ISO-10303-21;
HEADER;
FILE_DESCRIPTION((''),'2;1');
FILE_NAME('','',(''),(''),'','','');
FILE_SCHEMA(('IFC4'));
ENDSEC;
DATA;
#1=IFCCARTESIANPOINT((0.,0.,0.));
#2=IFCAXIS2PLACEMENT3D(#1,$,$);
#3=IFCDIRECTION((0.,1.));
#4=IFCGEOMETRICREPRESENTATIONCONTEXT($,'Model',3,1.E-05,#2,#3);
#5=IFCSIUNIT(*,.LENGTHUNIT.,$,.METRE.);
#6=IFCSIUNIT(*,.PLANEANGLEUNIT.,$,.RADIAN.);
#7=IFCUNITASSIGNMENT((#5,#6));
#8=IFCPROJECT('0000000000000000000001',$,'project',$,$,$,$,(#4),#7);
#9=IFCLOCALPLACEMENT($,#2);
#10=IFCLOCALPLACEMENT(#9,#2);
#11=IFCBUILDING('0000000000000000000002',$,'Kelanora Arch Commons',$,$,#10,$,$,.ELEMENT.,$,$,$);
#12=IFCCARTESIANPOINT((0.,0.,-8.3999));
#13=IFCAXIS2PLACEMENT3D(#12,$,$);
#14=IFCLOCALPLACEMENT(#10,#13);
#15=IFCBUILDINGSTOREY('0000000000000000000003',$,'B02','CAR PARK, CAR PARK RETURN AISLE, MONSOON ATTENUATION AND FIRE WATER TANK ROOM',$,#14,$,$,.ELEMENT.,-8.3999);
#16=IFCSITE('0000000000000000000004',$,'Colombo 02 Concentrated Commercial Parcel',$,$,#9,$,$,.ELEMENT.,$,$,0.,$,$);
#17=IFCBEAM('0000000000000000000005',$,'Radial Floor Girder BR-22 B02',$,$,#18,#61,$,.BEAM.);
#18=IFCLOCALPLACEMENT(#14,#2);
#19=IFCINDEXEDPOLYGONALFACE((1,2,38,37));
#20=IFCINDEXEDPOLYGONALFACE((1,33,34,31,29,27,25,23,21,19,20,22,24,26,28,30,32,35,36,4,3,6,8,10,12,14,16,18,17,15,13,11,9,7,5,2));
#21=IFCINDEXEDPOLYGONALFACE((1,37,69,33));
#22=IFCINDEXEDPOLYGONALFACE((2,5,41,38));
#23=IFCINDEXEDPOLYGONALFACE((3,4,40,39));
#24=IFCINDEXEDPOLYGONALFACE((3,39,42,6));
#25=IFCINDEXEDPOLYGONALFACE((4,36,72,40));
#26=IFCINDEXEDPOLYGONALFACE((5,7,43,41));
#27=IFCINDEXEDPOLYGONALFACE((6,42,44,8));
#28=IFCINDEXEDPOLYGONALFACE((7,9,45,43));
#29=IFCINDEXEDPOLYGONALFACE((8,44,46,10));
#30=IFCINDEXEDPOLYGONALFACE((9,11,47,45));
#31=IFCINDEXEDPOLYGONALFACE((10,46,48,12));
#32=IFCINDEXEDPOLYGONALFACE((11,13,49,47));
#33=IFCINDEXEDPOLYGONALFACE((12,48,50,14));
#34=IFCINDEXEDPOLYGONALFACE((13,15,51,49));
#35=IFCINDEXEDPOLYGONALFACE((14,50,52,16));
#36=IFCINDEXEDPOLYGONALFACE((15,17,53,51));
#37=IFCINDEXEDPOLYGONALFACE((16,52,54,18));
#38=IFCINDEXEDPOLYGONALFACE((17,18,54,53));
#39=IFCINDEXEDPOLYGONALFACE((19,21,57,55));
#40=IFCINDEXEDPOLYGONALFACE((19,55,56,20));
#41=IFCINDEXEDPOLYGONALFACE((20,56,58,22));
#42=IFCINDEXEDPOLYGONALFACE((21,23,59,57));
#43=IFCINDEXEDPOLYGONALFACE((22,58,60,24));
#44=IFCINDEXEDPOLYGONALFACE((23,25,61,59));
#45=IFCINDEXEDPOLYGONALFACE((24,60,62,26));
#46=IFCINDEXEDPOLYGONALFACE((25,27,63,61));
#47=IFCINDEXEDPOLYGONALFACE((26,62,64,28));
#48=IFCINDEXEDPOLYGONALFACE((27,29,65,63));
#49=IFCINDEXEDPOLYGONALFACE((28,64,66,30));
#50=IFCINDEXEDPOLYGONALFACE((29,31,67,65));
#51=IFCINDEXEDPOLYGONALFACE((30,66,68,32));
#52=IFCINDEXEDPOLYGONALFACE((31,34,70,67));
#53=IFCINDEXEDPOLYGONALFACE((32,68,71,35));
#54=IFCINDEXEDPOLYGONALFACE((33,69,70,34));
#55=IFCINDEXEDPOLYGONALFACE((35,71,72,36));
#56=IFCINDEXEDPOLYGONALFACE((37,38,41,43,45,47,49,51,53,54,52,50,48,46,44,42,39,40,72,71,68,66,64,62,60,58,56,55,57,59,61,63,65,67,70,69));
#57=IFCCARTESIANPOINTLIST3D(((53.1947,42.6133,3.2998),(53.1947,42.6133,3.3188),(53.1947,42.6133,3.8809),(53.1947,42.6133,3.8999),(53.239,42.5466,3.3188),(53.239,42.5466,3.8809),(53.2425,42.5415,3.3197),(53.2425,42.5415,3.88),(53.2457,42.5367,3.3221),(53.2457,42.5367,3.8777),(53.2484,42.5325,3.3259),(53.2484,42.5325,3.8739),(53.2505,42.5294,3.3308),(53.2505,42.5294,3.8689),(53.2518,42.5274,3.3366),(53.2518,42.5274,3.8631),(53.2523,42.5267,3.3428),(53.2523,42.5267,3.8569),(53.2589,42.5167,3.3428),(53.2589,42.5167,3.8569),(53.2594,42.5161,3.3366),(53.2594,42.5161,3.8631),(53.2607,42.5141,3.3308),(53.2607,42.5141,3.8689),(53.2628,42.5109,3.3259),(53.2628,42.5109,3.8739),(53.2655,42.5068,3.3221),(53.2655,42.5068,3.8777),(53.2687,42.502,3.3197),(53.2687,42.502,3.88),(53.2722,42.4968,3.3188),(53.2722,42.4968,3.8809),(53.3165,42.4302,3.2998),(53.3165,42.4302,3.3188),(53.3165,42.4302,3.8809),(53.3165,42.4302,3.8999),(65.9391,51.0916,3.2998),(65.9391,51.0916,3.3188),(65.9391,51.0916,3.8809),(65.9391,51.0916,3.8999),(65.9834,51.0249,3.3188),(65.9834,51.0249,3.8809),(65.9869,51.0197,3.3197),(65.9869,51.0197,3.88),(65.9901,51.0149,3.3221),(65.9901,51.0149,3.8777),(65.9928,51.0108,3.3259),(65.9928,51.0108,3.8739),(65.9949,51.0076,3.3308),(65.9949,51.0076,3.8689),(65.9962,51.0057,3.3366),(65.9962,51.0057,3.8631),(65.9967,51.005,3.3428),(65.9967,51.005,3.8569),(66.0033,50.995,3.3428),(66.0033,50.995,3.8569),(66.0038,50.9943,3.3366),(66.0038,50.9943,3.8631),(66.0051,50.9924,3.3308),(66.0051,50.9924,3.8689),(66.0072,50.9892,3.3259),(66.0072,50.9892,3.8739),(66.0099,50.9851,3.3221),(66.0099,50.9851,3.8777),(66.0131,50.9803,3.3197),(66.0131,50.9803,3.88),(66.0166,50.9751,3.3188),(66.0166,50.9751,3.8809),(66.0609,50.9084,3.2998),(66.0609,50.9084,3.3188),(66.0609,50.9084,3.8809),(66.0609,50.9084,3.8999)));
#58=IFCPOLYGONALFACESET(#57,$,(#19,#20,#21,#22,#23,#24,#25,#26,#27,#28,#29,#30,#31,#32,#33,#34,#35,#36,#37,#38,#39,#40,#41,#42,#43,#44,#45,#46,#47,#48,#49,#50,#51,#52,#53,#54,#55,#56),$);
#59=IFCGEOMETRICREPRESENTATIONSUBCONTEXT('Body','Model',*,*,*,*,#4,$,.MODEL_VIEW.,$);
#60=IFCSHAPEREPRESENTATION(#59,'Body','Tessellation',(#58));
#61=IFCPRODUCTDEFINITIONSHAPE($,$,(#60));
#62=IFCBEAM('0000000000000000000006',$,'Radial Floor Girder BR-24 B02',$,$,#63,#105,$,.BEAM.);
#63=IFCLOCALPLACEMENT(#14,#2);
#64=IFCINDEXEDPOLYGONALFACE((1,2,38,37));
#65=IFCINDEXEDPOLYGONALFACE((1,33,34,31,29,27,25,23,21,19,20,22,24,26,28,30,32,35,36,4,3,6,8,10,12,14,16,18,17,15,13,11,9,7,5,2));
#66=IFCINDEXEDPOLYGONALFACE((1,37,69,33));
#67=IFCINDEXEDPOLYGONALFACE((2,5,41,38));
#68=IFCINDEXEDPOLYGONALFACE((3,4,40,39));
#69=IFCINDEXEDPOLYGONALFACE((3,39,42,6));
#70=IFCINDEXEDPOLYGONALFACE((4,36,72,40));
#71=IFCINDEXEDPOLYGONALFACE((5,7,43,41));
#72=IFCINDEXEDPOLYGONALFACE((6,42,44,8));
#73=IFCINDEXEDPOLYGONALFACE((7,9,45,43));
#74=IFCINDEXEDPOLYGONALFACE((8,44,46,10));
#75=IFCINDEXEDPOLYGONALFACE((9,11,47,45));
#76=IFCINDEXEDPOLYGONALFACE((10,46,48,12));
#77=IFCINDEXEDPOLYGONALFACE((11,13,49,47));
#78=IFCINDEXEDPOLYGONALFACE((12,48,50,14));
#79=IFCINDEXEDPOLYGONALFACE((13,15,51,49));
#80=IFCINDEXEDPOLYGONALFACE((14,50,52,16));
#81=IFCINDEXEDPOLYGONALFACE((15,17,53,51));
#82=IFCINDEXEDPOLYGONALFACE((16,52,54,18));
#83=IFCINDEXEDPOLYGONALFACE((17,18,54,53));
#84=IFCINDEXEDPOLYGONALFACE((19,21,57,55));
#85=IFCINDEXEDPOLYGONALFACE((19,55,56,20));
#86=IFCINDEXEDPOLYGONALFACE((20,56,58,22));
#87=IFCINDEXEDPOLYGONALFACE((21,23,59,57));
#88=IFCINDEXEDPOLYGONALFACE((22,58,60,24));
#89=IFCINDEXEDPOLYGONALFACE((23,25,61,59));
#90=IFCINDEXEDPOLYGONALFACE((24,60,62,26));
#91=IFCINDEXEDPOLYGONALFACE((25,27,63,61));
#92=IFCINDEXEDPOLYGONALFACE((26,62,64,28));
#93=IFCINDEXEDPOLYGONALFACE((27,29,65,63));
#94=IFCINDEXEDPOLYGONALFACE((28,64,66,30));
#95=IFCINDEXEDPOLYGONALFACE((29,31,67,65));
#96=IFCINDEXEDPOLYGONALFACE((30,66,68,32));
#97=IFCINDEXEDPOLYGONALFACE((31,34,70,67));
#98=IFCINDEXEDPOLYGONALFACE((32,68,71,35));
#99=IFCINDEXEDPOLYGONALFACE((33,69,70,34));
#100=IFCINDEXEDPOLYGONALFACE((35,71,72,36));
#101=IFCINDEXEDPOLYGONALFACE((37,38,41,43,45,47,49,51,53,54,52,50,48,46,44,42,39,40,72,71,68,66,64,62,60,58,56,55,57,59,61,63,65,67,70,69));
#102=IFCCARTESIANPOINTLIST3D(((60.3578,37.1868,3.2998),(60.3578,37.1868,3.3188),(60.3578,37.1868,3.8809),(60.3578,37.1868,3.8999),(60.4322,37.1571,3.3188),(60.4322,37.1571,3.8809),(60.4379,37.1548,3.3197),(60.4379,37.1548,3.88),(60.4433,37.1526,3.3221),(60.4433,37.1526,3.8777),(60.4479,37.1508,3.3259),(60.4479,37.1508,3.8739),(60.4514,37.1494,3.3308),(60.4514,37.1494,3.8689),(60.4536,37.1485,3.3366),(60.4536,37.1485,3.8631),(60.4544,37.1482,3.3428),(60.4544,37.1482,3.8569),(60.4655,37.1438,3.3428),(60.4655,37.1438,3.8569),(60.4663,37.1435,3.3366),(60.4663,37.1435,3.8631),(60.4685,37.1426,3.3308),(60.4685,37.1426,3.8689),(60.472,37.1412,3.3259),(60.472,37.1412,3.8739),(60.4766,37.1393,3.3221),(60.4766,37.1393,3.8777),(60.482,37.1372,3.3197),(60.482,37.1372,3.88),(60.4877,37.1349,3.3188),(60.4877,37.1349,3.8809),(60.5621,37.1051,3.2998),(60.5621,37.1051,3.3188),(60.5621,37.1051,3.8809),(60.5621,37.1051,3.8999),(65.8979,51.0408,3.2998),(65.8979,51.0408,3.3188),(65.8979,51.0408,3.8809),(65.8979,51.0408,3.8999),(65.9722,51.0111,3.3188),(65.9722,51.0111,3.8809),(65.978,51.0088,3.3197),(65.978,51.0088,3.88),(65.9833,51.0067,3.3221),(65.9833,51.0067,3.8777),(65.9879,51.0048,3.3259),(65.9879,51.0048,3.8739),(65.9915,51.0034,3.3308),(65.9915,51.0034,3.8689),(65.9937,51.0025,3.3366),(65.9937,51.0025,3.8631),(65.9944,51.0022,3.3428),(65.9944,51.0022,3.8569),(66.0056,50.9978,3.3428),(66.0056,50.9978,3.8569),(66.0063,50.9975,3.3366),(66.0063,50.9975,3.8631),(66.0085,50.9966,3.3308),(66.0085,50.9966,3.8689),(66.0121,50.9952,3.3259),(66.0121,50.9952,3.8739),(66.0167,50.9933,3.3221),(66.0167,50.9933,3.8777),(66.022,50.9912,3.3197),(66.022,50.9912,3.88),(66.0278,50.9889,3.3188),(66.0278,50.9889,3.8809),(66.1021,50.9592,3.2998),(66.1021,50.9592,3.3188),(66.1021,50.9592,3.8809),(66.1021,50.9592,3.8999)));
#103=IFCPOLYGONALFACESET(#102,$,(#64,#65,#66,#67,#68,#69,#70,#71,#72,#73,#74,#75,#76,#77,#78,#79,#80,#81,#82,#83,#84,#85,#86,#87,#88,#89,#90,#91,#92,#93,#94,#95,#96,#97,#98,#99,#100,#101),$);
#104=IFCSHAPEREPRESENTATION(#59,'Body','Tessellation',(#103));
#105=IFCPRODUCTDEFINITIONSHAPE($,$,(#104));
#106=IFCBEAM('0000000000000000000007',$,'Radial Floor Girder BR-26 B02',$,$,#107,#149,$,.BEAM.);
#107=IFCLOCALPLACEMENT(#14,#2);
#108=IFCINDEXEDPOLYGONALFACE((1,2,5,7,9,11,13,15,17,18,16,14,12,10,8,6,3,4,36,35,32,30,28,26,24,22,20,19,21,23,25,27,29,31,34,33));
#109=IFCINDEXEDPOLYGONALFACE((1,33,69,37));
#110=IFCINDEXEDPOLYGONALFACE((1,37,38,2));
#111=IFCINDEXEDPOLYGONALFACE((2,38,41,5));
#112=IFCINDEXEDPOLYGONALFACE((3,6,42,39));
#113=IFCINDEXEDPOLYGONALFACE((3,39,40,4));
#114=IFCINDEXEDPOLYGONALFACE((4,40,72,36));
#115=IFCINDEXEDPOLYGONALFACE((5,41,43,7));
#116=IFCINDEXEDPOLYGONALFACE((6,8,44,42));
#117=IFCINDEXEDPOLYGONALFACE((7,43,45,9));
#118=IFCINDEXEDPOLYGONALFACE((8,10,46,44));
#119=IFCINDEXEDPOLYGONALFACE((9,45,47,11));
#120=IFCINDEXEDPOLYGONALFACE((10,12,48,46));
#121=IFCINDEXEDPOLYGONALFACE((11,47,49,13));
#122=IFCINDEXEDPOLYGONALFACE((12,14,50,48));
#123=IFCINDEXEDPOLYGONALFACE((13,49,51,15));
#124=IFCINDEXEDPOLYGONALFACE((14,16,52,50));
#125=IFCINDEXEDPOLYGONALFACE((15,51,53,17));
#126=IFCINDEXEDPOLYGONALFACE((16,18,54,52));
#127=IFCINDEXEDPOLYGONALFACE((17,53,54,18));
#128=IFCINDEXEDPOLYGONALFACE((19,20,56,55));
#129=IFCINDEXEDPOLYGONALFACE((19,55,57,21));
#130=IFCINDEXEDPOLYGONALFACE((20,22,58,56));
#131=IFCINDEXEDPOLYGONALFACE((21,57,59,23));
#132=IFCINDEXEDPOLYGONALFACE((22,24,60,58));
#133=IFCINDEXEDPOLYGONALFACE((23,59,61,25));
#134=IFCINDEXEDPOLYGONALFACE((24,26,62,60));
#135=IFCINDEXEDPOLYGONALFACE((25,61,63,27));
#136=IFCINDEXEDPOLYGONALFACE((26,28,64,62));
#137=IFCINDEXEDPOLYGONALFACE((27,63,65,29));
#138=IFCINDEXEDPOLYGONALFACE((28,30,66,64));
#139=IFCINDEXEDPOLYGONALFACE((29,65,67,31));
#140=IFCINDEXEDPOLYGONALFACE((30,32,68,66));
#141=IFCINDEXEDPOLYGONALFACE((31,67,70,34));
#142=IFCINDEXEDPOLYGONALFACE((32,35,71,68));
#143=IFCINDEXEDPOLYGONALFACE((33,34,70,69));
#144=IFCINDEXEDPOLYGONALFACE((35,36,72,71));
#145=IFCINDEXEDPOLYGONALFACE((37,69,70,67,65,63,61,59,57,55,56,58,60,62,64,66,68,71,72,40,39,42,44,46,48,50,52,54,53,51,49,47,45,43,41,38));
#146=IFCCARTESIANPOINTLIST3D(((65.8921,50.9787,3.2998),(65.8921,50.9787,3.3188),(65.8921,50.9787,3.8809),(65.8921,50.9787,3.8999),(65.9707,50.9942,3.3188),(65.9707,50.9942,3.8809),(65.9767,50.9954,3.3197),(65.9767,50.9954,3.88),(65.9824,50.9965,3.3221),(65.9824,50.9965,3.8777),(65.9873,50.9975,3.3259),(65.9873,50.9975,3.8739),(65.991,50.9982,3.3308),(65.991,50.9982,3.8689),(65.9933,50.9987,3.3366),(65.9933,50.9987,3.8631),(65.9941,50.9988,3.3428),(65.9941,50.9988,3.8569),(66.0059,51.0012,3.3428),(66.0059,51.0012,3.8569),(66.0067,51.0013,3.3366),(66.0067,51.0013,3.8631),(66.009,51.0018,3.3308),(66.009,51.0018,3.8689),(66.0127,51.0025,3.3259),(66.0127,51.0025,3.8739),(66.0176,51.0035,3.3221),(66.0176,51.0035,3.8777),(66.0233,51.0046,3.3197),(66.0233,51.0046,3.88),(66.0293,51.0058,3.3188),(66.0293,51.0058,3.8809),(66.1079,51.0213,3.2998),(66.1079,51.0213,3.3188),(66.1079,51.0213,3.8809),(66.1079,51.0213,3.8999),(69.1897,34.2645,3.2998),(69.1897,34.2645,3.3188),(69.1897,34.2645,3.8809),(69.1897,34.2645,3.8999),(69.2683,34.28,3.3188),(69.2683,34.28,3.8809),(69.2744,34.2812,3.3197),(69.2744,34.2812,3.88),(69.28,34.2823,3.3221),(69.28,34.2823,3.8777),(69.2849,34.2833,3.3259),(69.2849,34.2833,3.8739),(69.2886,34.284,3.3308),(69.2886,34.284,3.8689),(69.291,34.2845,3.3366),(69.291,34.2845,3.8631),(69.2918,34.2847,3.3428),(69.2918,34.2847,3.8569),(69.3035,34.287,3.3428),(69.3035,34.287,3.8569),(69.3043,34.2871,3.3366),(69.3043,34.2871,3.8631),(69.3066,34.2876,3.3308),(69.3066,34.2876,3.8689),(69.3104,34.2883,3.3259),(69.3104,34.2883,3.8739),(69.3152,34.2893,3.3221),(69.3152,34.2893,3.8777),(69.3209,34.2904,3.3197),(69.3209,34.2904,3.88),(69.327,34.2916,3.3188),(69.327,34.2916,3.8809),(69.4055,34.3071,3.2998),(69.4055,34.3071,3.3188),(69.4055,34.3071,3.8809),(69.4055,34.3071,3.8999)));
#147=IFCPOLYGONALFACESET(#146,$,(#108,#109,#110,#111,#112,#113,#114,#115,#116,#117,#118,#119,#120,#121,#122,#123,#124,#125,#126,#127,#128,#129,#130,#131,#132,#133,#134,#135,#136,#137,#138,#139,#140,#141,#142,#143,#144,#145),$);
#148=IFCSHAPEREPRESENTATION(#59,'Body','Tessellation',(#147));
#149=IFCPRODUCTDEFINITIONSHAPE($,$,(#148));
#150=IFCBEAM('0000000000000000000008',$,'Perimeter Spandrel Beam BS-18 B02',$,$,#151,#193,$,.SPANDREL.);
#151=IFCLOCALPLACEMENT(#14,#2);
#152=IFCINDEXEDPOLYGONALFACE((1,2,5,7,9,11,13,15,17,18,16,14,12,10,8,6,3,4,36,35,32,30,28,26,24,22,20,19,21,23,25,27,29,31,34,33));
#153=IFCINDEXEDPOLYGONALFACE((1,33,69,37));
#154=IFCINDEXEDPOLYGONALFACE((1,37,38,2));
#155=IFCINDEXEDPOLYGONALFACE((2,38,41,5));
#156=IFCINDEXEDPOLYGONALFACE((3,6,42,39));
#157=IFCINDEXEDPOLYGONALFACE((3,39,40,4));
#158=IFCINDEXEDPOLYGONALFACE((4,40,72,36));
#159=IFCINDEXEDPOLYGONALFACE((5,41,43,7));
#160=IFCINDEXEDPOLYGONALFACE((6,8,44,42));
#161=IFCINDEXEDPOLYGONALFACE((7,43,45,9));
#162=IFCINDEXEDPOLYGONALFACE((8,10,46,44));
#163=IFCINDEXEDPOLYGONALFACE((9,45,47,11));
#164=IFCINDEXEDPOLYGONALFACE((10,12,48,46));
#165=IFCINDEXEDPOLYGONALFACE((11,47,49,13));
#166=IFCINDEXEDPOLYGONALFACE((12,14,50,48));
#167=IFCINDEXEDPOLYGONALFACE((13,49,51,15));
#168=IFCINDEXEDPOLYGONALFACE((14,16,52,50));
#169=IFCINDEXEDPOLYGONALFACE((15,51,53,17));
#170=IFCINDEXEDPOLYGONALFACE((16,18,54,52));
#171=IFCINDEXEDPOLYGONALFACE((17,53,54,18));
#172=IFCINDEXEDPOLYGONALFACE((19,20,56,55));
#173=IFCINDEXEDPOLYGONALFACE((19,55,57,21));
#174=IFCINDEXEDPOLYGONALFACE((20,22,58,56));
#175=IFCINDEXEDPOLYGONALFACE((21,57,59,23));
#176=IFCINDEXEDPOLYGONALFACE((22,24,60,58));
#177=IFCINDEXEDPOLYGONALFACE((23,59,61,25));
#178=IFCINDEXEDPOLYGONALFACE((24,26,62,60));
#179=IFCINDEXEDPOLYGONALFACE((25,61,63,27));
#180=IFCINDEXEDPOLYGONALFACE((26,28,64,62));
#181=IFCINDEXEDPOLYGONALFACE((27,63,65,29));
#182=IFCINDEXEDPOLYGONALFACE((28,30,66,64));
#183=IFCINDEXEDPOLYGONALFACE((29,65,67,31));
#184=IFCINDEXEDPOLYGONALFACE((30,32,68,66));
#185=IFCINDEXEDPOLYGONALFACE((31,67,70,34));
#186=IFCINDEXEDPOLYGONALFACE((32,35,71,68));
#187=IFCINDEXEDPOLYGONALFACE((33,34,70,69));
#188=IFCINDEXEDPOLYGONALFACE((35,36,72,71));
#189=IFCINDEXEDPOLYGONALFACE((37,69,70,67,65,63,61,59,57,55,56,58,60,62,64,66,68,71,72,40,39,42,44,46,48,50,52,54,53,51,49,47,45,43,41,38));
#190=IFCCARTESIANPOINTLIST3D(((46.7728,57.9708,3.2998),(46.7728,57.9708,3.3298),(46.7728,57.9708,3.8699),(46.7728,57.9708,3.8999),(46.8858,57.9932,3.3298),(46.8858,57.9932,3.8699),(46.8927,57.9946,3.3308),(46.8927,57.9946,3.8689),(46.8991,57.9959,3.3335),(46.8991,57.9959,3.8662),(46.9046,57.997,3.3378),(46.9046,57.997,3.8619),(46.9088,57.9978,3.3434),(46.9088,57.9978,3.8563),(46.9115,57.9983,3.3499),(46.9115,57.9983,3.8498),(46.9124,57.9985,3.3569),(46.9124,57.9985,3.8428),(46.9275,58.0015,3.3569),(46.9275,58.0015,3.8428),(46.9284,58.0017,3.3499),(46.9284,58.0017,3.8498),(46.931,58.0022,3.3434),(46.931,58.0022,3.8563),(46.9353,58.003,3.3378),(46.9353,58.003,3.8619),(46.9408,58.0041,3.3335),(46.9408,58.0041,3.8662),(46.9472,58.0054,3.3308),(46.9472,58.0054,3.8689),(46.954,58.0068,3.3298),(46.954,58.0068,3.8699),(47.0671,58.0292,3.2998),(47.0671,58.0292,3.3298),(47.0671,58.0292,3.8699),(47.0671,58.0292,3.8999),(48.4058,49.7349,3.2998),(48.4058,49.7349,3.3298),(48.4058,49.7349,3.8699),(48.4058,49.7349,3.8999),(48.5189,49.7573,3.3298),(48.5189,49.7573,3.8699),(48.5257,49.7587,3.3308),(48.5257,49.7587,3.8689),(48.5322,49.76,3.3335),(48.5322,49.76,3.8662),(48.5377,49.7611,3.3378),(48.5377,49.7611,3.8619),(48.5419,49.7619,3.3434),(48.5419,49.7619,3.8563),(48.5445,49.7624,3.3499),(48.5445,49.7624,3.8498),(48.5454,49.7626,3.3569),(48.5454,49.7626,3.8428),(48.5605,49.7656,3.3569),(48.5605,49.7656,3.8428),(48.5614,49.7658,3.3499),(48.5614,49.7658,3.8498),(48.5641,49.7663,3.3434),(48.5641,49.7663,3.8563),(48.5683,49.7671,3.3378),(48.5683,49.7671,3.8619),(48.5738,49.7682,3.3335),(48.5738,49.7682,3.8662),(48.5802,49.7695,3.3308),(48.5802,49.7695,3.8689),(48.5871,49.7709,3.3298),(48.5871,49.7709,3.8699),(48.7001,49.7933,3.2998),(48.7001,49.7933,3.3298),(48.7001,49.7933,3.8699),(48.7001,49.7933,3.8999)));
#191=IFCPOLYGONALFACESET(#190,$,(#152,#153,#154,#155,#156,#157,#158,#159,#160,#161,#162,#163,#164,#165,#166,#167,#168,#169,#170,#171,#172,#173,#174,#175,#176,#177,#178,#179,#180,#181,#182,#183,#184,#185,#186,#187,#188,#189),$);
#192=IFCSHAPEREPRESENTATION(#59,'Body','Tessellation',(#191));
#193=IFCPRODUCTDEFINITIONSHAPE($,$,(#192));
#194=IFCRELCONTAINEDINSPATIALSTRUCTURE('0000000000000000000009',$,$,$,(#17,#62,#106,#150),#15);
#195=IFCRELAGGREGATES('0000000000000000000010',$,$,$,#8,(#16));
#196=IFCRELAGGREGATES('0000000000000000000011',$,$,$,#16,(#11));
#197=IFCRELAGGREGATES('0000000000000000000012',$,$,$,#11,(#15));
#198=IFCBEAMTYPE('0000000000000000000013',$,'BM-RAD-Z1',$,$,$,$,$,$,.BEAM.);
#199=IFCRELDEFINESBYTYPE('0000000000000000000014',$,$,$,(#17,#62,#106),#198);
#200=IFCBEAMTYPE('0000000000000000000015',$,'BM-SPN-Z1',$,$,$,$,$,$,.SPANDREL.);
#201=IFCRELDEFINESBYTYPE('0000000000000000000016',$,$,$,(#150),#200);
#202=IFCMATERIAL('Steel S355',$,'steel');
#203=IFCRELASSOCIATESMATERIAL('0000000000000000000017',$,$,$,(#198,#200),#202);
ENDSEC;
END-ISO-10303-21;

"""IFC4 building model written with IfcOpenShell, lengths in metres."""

from ifc_helpers import new_model, si_unit, direction, frame, origin, origin_2d, place, context, subcontext, project, spatial, i_section, extrude, material, material_profile, profile_set, type_object, element, save


model = new_model("IFC4")

# Units and contexts
model_context = context("Model", 3, precision=1e-05, world=origin(), true_north=direction((0.0, 1.0)))
body_context = subcontext(model_context, "Body", "Model", "MODEL_VIEW")
ifc_project = project(units=[si_unit("LENGTHUNIT", "METRE"), si_unit("PLANEANGLEUNIT", "RADIAN")], contexts=[model_context])

# Site, building, storey
site_placement = place(None, origin())
site = spatial("IfcSite", under=ifc_project, at=site_placement, Name="Colombo 02 Concentrated Commercial Parcel", CompositionType="ELEMENT", RefElevation=0.0)
building_placement = place(site_placement, origin())
building = spatial("IfcBuilding", under=site, at=building_placement, Name="Kelanora Arch Commons", CompositionType="ELEMENT")
storey_placement = place(building_placement, frame((0.0, 0.0, -8.3999)))
storey = spatial("IfcBuildingStorey", under=building, at=storey_placement, Name="B02", Description="CAR PARK, CAR PARK RETURN AISLE, MONSOON ATTENUATION AND FIRE WATER TANK ROOM", CompositionType="ELEMENT", Elevation=-8.3999)

# Beams
ifc_material_1 = material(Name="Steel S355", Category="steel")
ifc_material_profile_1 = material_profile(ifc_material_1, i_section(OverallWidth=0.22, OverallDepth=0.6001, WebThickness=0.012, FlangeThickness=0.019, FilletRadius=0.0239, at=origin_2d()), Name="IPE600")
ifc_profile_set_1 = profile_set([ifc_material_profile_1], Name="Steel S355")
beam_type_1 = type_object("IfcBeamType", Name="BM-RAD-Z1", PredefinedType="BEAM", material=ifc_profile_set_1)
beam_1_placement = place(storey_placement, frame((66.0, 51.0, 3.5999), z_axis=(-0.832592, -0.553886, 0.0), x_axis=(0.553886, -0.832592, 0.0)))
element("IfcBeam", 1, at=beam_1_placement, inside=storey, type_object=beam_type_1, Name="Radial Floor Girder BR-22 B02", PredefinedType="BEAM", context=body_context, shape_type="SweptSolid", body=[
    extrude(i_section(OverallWidth=0.22, OverallDepth=0.6001, WebThickness=0.012, FlangeThickness=0.019, FilletRadius=0.0239, at=origin_2d()), origin(), (0.0, 0.0, 1.0), 15.3069),
])
beam_2_placement = place(storey_placement, frame((66.0, 51.0, 3.5999), z_axis=(-0.3713, -0.928513, 0.0), x_axis=(0.928513, -0.3713, 0.0)))
element("IfcBeam", 2, at=beam_2_placement, inside=storey, type_object=beam_type_1, Name="Radial Floor Girder BR-24 B02", PredefinedType="BEAM", context=body_context, shape_type="SweptSolid", body=[
    extrude(i_section(OverallWidth=0.22, OverallDepth=0.6001, WebThickness=0.012, FlangeThickness=0.019, FilletRadius=0.0239, at=origin_2d()), origin(), (0.0, 0.0, 1.0), 14.9207),
])
beam_3_placement = place(storey_placement, frame((66.0, 51.0, 3.5999), z_axis=(0.193564, -0.981088, 0.0), x_axis=(0.981088, 0.193564, 0.0)))
element("IfcBeam", 3, at=beam_3_placement, inside=storey, type_object=beam_type_1, Name="Radial Floor Girder BR-26 B02", PredefinedType="BEAM", context=body_context, shape_type="SweptSolid", body=[
    extrude(i_section(OverallWidth=0.22, OverallDepth=0.6001, WebThickness=0.012, FlangeThickness=0.019, FilletRadius=0.0239, at=origin_2d()), origin(), (0.0, 0.0, 1.0), 17.0364),
])
ifc_material_profile_2 = material_profile(ifc_material_1, i_section(OverallWidth=0.3, OverallDepth=0.6001, WebThickness=0.0154, FlangeThickness=0.03, FilletRadius=0.0271, at=origin_2d()), Name="HEB600")
ifc_profile_set_2 = profile_set([ifc_material_profile_2], Name="Steel S355")
beam_type_2 = type_object("IfcBeamType", Name="BM-SPN-Z1", PredefinedType="SPANDREL", material=ifc_profile_set_2)
beam_4_placement = place(storey_placement, frame((46.9199, 58.0, 3.5999), z_axis=(0.1945, -0.980903, 0.0), x_axis=(0.980903, 0.1945, 0.0)))
element("IfcBeam", 4, at=beam_4_placement, inside=storey, type_object=beam_type_2, Name="Perimeter Spandrel Beam BS-18 B02", PredefinedType="SPANDREL", context=body_context, shape_type="SweptSolid", body=[
    extrude(i_section(OverallWidth=0.3, OverallDepth=0.6001, WebThickness=0.0154, FlangeThickness=0.03, FilletRadius=0.0271, at=origin_2d()), origin(), (0.0, 0.0, 1.0), 8.3962),
])

save(model, "model.ifc")
